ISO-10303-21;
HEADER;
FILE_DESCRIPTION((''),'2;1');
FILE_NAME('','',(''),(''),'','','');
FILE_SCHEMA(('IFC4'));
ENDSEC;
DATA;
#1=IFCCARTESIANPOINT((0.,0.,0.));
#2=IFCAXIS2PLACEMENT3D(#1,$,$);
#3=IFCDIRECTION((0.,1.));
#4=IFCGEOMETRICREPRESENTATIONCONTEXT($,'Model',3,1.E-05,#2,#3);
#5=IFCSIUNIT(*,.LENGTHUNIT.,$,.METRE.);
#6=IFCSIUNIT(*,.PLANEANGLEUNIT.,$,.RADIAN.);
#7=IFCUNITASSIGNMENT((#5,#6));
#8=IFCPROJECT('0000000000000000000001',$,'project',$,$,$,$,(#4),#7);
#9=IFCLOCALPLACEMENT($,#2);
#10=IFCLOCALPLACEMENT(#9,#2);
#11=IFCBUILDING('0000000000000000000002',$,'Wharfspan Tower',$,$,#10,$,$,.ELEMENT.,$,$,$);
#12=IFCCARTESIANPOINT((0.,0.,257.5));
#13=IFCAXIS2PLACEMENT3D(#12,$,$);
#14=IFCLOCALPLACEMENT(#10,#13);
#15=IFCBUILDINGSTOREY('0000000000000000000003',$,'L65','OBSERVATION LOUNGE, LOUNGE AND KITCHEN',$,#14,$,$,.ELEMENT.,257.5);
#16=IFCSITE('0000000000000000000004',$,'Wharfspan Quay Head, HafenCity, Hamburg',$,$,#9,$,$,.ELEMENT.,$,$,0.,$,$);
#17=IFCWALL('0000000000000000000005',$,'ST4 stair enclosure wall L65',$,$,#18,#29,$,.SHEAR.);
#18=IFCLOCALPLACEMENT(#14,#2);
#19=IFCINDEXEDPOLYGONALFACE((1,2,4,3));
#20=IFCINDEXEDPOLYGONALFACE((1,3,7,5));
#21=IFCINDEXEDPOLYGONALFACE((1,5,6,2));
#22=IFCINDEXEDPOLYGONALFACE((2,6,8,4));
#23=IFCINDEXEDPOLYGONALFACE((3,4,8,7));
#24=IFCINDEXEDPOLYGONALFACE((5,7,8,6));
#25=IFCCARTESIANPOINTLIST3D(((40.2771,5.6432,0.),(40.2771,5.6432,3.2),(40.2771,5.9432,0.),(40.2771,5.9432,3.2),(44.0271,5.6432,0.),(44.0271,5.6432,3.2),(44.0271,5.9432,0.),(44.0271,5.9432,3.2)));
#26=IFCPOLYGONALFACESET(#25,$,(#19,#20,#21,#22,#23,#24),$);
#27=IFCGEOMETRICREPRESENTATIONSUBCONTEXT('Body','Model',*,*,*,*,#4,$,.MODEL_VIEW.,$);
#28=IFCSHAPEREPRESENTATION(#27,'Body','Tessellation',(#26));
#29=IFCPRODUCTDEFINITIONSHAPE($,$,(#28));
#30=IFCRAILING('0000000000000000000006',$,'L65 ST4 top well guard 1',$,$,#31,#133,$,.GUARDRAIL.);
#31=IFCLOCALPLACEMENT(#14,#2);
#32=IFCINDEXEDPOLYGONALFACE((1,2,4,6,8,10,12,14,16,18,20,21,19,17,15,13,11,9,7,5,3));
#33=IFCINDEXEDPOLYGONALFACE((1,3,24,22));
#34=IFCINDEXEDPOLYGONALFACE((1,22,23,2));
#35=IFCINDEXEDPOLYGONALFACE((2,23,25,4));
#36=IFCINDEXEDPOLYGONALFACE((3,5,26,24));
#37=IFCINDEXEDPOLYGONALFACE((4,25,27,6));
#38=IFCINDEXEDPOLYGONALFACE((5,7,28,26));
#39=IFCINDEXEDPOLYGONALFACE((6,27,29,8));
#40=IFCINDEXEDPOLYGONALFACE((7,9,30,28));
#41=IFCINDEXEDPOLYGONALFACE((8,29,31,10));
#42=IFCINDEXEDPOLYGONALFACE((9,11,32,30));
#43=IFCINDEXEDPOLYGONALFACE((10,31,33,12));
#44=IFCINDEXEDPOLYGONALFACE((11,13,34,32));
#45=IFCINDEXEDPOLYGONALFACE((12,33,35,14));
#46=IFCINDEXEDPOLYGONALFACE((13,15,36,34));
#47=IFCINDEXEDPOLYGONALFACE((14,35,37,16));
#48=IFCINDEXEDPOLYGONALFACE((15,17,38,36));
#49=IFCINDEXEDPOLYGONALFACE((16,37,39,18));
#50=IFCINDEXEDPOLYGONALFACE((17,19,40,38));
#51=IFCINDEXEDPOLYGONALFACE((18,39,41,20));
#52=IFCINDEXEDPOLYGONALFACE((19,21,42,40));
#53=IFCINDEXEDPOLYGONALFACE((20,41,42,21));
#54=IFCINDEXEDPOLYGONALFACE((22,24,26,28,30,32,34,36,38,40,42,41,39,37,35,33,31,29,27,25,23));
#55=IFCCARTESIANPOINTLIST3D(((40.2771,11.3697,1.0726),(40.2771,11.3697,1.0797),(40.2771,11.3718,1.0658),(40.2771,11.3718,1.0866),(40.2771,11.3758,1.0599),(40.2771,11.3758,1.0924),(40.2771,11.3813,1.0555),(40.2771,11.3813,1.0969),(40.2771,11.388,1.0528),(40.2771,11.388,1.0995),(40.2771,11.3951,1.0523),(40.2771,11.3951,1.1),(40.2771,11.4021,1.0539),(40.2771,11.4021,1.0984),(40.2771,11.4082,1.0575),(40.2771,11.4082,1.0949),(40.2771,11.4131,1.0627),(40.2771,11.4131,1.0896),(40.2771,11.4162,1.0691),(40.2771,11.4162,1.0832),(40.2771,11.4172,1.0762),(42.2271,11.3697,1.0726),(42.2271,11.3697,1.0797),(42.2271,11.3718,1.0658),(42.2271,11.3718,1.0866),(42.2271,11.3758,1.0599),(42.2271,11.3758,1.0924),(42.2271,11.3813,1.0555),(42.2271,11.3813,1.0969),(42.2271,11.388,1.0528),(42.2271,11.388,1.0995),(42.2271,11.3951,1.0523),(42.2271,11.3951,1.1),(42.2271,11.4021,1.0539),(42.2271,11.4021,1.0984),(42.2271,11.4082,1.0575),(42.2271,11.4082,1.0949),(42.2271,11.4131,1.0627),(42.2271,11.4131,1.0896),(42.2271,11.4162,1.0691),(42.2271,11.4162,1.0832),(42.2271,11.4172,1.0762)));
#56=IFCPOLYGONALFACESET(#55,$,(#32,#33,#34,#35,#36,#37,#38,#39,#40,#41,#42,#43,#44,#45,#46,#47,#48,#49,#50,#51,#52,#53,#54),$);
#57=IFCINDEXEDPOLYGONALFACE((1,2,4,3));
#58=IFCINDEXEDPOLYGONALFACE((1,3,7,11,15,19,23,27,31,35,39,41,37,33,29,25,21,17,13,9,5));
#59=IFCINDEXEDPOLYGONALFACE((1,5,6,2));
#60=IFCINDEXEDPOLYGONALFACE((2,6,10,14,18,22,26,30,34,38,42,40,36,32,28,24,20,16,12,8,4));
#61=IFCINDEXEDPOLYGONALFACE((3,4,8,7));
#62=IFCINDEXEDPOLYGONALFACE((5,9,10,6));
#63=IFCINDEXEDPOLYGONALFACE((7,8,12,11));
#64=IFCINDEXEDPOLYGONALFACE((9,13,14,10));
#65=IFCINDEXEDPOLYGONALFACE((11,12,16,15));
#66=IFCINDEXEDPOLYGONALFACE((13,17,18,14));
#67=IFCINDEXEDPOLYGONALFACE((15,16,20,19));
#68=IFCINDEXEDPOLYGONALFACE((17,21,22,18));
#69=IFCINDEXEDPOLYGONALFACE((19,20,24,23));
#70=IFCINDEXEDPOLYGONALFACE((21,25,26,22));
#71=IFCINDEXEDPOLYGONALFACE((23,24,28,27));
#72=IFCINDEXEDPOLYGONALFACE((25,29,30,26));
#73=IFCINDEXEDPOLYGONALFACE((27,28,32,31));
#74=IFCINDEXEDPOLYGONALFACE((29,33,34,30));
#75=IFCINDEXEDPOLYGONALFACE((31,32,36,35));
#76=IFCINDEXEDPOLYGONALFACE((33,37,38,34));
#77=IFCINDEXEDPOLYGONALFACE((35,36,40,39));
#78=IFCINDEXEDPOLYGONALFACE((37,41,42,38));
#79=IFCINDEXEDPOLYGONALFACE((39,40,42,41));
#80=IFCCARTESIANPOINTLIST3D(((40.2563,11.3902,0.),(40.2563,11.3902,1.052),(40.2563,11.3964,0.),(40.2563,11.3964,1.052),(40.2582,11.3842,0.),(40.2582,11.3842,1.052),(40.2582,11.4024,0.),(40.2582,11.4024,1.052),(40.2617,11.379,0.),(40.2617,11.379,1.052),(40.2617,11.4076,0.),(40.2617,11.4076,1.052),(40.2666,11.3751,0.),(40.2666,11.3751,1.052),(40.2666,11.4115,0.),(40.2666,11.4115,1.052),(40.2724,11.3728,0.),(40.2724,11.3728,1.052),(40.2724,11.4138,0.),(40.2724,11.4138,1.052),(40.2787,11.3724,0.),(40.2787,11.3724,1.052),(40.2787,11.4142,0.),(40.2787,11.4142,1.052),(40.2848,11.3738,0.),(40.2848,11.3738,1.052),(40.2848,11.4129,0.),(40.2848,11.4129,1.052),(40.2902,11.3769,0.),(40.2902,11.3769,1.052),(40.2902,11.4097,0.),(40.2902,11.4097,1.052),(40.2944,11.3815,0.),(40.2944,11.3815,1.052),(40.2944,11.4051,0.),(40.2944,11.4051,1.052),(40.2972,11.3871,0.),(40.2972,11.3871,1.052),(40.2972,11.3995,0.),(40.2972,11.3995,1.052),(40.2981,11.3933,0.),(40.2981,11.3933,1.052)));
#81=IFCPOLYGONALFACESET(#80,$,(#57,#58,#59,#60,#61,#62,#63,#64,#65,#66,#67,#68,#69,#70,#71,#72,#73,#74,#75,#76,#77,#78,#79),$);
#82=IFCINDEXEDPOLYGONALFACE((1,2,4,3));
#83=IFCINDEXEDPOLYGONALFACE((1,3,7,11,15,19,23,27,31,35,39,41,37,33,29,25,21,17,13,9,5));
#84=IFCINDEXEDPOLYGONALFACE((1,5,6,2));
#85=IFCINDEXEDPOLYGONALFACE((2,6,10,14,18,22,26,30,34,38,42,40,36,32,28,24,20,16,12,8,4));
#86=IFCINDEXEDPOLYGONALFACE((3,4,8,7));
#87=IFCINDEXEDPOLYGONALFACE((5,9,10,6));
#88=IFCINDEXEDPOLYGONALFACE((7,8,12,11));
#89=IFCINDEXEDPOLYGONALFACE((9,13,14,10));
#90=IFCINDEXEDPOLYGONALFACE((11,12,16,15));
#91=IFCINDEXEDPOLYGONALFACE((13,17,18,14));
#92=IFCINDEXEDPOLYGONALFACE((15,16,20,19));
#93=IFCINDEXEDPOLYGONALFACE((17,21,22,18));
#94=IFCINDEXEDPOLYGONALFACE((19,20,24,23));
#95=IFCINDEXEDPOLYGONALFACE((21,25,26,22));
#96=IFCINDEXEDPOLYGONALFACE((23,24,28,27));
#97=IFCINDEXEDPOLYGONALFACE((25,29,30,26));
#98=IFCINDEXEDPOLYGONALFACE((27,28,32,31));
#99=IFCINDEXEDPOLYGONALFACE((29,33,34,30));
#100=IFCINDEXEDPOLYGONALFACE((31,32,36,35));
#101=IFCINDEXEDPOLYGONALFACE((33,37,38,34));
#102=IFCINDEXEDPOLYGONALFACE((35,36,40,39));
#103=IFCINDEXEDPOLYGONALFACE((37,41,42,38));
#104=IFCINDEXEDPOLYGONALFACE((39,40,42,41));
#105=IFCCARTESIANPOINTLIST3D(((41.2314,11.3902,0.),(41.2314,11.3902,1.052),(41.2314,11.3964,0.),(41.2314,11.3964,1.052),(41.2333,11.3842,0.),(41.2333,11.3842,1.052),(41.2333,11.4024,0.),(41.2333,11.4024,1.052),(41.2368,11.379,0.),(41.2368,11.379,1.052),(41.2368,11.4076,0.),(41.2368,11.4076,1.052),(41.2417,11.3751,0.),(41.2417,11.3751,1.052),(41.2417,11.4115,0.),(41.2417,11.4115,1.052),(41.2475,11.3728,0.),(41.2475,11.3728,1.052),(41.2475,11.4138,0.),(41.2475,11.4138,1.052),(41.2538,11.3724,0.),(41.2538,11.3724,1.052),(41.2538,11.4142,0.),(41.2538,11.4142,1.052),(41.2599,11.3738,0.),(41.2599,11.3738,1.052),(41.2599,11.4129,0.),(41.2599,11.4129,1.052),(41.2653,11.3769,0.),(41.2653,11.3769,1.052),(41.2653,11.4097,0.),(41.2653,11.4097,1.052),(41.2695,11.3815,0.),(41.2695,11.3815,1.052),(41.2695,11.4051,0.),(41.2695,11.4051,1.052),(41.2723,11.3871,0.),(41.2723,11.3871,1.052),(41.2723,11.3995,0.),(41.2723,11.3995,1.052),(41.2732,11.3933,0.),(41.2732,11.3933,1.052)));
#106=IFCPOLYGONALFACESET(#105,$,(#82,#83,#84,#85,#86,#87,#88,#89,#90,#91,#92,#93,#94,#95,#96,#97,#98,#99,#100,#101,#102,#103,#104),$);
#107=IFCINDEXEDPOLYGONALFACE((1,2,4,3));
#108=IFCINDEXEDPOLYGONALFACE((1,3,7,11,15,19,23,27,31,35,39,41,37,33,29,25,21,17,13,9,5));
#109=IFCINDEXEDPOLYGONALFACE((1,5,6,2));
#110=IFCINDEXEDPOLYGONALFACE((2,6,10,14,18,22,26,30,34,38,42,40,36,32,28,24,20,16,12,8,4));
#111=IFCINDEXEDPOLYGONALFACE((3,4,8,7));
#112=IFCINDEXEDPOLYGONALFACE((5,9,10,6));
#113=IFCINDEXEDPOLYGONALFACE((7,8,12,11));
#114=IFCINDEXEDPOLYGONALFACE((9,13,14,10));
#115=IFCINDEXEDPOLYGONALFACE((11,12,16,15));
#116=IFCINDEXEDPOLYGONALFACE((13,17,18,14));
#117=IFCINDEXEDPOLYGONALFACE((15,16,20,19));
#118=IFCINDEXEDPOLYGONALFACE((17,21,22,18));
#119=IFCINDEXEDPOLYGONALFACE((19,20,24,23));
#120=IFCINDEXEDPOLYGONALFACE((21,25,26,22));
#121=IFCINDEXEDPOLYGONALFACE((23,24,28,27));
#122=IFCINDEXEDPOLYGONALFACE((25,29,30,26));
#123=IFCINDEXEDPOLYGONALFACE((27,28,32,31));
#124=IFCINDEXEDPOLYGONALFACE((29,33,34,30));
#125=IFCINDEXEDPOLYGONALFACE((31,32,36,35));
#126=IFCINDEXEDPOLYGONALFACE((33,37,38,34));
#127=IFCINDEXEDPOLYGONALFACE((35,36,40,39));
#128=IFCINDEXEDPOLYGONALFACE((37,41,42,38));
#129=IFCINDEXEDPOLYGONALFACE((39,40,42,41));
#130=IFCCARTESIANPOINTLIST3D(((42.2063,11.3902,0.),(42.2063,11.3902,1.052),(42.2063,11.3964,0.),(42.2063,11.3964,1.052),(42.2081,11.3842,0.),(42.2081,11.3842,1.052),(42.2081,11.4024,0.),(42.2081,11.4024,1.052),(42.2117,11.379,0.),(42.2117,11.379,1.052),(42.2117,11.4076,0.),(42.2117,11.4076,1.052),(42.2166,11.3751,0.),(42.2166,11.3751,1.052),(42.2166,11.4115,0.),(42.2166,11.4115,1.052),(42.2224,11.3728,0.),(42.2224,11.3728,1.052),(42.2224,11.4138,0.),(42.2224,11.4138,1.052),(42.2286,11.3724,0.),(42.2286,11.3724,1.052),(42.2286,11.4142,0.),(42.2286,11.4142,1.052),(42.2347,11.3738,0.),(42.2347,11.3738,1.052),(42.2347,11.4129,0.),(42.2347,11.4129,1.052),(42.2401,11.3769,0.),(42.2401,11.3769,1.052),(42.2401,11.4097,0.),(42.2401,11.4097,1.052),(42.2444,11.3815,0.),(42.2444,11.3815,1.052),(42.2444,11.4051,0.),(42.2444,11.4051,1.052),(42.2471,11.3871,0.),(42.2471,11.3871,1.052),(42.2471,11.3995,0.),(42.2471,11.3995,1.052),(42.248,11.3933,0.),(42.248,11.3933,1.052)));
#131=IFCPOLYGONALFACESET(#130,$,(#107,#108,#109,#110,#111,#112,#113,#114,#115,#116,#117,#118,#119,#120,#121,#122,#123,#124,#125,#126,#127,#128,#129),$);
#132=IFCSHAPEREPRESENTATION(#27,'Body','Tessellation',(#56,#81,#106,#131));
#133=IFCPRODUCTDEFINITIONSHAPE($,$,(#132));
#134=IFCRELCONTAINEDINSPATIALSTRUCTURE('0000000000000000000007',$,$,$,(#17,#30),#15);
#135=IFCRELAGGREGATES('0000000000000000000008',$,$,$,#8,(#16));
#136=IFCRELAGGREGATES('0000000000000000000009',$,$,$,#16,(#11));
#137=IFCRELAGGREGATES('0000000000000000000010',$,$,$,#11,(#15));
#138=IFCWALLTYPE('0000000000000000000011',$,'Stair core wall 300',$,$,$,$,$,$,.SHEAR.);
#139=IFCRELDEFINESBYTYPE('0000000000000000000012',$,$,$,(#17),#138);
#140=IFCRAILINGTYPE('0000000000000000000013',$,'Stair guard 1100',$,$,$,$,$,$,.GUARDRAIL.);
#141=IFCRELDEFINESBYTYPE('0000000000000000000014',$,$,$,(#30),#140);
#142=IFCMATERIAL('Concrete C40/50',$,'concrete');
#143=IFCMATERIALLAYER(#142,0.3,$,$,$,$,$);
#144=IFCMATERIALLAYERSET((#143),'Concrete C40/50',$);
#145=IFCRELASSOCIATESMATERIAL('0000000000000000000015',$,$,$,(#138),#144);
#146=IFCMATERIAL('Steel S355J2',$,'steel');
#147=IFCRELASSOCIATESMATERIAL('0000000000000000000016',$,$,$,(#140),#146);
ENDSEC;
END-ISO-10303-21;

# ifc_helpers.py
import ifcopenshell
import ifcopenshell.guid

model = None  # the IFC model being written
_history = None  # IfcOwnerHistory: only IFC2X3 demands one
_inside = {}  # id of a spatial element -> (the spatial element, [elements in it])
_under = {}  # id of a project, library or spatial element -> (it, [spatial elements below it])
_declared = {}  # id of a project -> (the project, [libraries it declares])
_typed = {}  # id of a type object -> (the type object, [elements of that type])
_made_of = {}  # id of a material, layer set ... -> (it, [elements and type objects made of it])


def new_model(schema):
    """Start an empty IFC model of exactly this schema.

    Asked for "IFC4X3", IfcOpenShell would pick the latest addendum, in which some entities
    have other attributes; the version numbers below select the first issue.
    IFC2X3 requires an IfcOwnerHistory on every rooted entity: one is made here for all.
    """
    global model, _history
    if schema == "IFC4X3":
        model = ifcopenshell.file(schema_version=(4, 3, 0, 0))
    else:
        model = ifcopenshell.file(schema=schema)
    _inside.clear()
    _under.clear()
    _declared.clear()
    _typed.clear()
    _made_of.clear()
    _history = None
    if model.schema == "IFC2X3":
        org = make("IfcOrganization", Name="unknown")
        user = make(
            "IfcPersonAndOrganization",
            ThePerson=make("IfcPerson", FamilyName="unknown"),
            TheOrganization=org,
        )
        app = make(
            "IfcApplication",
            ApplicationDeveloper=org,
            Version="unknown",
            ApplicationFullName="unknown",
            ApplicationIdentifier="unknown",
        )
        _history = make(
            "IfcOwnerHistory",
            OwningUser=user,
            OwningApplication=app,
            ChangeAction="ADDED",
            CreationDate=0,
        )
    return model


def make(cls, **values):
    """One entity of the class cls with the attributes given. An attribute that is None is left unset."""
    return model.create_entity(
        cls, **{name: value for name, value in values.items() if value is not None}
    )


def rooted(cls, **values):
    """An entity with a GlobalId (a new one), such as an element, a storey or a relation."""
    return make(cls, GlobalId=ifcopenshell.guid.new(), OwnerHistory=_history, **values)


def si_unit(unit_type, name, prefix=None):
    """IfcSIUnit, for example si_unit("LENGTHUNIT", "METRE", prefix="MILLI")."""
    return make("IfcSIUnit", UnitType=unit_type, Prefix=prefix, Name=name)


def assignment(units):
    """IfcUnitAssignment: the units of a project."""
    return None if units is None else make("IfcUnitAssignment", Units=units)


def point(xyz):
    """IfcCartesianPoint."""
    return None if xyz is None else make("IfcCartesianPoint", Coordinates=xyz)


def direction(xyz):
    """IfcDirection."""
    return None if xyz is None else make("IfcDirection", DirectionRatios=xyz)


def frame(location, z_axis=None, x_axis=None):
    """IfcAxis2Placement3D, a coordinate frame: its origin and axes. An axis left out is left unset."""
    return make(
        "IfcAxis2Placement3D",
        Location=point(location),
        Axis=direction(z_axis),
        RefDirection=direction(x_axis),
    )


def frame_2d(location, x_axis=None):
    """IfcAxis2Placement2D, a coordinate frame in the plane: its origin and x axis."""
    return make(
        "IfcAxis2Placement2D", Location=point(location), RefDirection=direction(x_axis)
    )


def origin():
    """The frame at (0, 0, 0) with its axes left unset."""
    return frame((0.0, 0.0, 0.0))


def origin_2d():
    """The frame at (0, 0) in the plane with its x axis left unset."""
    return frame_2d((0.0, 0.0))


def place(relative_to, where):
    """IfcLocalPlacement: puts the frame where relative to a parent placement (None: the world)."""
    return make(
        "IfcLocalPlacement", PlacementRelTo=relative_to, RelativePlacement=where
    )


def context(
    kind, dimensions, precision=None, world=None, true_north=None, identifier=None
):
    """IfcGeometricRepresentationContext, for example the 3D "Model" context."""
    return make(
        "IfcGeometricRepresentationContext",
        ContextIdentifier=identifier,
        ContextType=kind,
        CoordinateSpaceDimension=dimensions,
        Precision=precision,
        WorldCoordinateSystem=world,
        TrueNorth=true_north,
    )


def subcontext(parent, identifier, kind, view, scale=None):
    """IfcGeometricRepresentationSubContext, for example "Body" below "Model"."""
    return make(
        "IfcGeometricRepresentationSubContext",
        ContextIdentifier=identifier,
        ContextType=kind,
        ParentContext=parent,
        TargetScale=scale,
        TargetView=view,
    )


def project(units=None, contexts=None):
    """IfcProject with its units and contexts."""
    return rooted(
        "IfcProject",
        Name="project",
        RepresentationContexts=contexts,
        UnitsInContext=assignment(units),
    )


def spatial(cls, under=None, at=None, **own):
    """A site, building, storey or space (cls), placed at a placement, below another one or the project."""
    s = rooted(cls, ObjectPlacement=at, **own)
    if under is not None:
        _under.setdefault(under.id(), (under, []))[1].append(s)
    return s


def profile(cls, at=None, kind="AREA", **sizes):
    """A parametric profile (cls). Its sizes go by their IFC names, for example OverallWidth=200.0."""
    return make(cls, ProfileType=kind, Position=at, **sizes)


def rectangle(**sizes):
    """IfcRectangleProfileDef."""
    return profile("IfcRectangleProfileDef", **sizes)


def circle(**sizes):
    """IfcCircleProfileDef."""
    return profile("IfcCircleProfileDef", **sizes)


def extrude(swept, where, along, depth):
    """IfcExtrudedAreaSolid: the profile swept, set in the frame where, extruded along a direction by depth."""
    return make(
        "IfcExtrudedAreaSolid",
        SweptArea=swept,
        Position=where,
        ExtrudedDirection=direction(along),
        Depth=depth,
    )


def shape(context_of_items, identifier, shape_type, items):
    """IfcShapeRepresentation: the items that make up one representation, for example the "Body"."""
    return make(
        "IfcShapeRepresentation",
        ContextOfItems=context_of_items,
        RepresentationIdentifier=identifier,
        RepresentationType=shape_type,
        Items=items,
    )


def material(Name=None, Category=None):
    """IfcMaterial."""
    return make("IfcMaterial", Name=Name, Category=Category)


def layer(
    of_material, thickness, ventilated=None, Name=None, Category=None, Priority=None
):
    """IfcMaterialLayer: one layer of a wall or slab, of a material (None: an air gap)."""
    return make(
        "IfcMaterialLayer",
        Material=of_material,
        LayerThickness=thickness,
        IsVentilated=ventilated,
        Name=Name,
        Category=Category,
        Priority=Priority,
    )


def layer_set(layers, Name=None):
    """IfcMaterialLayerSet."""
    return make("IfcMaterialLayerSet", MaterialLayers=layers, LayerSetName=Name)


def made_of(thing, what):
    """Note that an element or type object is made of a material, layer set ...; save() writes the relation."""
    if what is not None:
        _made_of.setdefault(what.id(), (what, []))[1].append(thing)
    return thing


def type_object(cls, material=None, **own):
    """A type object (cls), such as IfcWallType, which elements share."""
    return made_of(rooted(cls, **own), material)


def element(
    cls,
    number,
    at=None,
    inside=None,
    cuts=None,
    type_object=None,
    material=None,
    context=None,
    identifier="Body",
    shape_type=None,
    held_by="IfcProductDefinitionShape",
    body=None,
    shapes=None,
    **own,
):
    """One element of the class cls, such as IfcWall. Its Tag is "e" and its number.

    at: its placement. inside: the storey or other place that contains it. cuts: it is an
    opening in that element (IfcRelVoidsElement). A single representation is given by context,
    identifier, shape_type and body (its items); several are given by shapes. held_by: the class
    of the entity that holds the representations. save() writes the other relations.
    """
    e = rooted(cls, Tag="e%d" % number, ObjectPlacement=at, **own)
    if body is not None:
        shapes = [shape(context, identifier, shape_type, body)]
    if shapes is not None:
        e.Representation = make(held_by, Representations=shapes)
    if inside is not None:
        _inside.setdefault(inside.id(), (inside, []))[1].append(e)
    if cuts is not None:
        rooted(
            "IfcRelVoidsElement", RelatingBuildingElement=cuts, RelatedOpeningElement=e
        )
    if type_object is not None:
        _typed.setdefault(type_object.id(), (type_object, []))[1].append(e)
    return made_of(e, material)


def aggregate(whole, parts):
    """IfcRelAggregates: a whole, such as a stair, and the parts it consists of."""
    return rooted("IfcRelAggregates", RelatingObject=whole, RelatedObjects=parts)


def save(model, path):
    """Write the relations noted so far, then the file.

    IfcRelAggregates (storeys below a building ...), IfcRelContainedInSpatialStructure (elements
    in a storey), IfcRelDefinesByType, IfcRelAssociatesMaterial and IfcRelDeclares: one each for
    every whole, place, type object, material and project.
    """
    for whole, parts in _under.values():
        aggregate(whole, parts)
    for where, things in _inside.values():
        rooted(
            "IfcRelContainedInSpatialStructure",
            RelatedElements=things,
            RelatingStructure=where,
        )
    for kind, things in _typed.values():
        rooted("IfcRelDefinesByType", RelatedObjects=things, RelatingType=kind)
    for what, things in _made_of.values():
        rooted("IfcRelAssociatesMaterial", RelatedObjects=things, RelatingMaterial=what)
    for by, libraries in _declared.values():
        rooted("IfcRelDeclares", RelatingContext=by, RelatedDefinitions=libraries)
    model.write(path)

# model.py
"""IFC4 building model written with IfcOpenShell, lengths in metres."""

from ifc_helpers import new_model, si_unit, direction, frame, frame_2d, origin, origin_2d, place, context, subcontext, project, spatial, rectangle, circle, extrude, material, layer, layer_set, type_object, element, save


model = new_model("IFC4")

# Units and contexts
model_context = context("Model", 3, precision=1e-05, world=origin(), true_north=direction((0.0, 1.0)))
body_context = subcontext(model_context, "Body", "Model", "MODEL_VIEW")
ifc_project = project(units=[si_unit("LENGTHUNIT", "METRE"), si_unit("PLANEANGLEUNIT", "RADIAN")], contexts=[model_context])

# Site, building, storey
site_placement = place(None, origin())
site = spatial("IfcSite", under=ifc_project, at=site_placement, Name="Wharfspan Quay Head, HafenCity, Hamburg", CompositionType="ELEMENT", RefElevation=0.0)
building_placement = place(site_placement, origin())
building = spatial("IfcBuilding", under=site, at=building_placement, Name="Wharfspan Tower", CompositionType="ELEMENT")
storey_placement = place(building_placement, frame((0.0, 0.0, 257.5)))
storey = spatial("IfcBuildingStorey", under=building, at=storey_placement, Name="L65", Description="OBSERVATION LOUNGE, LOUNGE AND KITCHEN", CompositionType="ELEMENT", Elevation=257.5)

# Shared definitions
ifc_material_1 = material(Name="Steel S355J2", Category="steel")

# Shared definitions
ifc_material_2 = material(Name="Concrete C40/50", Category="concrete")

# Shared definitions
ifc_layer_1 = layer(ifc_material_2, 0.3)
ifc_layer_set_1 = layer_set([ifc_layer_1], Name="Concrete C40/50")
wall_type_1 = type_object("IfcWallType", Name="Stair core wall 300", PredefinedType="SHEAR", material=ifc_layer_set_1)

# Wall
wall_1_placement = place(storey_placement, frame((40.2771, 5.7932, 0.0), z_axis=(0.0, 0.0, 1.0), x_axis=(1.0, 0.0, 0.0)))
element("IfcWall", 1, at=wall_1_placement, inside=storey, type_object=wall_type_1, Name="ST4 stair enclosure wall L65", PredefinedType="SHEAR", context=body_context, shape_type="SweptSolid", body=[
    extrude(rectangle(XDim=3.75, YDim=0.3, at=frame_2d((1.875, 0.0))), origin(), (0.0, 0.0, 1.0), 3.2),
])

# Railing
railing_type = type_object("IfcRailingType", Name="Stair guard 1100", PredefinedType="GUARDRAIL", material=ifc_material_1)
railing_placement = place(storey_placement, frame((40.2771, 11.3933, 0.0)))
element("IfcRailing", 2, at=railing_placement, inside=storey, type_object=railing_type, Name="L65 ST4 top well guard 1", PredefinedType="GUARDRAIL", context=body_context, shape_type="SweptSolid", body=[
    extrude(circle(Radius=0.0239, at=origin_2d()), frame((0.0, 0.0, 1.0762), z_axis=(1.0, 0.0, 0.0), x_axis=(0.0, 1.0, 0.0)), (0.0, 0.0, 1.0), 1.95),
    extrude(circle(Radius=0.021, at=origin_2d()), origin(), (0.0, 0.0, 1.0), 1.052),
    extrude(circle(Radius=0.021, at=origin_2d()), frame((0.9751, 0.0, 0.0)), (0.0, 0.0, 1.0), 1.052),
    extrude(circle(Radius=0.021, at=origin_2d()), frame((1.95, 0.0, 0.0)), (0.0, 0.0, 1.0), 1.052),
])

save(model, "model.ifc")
